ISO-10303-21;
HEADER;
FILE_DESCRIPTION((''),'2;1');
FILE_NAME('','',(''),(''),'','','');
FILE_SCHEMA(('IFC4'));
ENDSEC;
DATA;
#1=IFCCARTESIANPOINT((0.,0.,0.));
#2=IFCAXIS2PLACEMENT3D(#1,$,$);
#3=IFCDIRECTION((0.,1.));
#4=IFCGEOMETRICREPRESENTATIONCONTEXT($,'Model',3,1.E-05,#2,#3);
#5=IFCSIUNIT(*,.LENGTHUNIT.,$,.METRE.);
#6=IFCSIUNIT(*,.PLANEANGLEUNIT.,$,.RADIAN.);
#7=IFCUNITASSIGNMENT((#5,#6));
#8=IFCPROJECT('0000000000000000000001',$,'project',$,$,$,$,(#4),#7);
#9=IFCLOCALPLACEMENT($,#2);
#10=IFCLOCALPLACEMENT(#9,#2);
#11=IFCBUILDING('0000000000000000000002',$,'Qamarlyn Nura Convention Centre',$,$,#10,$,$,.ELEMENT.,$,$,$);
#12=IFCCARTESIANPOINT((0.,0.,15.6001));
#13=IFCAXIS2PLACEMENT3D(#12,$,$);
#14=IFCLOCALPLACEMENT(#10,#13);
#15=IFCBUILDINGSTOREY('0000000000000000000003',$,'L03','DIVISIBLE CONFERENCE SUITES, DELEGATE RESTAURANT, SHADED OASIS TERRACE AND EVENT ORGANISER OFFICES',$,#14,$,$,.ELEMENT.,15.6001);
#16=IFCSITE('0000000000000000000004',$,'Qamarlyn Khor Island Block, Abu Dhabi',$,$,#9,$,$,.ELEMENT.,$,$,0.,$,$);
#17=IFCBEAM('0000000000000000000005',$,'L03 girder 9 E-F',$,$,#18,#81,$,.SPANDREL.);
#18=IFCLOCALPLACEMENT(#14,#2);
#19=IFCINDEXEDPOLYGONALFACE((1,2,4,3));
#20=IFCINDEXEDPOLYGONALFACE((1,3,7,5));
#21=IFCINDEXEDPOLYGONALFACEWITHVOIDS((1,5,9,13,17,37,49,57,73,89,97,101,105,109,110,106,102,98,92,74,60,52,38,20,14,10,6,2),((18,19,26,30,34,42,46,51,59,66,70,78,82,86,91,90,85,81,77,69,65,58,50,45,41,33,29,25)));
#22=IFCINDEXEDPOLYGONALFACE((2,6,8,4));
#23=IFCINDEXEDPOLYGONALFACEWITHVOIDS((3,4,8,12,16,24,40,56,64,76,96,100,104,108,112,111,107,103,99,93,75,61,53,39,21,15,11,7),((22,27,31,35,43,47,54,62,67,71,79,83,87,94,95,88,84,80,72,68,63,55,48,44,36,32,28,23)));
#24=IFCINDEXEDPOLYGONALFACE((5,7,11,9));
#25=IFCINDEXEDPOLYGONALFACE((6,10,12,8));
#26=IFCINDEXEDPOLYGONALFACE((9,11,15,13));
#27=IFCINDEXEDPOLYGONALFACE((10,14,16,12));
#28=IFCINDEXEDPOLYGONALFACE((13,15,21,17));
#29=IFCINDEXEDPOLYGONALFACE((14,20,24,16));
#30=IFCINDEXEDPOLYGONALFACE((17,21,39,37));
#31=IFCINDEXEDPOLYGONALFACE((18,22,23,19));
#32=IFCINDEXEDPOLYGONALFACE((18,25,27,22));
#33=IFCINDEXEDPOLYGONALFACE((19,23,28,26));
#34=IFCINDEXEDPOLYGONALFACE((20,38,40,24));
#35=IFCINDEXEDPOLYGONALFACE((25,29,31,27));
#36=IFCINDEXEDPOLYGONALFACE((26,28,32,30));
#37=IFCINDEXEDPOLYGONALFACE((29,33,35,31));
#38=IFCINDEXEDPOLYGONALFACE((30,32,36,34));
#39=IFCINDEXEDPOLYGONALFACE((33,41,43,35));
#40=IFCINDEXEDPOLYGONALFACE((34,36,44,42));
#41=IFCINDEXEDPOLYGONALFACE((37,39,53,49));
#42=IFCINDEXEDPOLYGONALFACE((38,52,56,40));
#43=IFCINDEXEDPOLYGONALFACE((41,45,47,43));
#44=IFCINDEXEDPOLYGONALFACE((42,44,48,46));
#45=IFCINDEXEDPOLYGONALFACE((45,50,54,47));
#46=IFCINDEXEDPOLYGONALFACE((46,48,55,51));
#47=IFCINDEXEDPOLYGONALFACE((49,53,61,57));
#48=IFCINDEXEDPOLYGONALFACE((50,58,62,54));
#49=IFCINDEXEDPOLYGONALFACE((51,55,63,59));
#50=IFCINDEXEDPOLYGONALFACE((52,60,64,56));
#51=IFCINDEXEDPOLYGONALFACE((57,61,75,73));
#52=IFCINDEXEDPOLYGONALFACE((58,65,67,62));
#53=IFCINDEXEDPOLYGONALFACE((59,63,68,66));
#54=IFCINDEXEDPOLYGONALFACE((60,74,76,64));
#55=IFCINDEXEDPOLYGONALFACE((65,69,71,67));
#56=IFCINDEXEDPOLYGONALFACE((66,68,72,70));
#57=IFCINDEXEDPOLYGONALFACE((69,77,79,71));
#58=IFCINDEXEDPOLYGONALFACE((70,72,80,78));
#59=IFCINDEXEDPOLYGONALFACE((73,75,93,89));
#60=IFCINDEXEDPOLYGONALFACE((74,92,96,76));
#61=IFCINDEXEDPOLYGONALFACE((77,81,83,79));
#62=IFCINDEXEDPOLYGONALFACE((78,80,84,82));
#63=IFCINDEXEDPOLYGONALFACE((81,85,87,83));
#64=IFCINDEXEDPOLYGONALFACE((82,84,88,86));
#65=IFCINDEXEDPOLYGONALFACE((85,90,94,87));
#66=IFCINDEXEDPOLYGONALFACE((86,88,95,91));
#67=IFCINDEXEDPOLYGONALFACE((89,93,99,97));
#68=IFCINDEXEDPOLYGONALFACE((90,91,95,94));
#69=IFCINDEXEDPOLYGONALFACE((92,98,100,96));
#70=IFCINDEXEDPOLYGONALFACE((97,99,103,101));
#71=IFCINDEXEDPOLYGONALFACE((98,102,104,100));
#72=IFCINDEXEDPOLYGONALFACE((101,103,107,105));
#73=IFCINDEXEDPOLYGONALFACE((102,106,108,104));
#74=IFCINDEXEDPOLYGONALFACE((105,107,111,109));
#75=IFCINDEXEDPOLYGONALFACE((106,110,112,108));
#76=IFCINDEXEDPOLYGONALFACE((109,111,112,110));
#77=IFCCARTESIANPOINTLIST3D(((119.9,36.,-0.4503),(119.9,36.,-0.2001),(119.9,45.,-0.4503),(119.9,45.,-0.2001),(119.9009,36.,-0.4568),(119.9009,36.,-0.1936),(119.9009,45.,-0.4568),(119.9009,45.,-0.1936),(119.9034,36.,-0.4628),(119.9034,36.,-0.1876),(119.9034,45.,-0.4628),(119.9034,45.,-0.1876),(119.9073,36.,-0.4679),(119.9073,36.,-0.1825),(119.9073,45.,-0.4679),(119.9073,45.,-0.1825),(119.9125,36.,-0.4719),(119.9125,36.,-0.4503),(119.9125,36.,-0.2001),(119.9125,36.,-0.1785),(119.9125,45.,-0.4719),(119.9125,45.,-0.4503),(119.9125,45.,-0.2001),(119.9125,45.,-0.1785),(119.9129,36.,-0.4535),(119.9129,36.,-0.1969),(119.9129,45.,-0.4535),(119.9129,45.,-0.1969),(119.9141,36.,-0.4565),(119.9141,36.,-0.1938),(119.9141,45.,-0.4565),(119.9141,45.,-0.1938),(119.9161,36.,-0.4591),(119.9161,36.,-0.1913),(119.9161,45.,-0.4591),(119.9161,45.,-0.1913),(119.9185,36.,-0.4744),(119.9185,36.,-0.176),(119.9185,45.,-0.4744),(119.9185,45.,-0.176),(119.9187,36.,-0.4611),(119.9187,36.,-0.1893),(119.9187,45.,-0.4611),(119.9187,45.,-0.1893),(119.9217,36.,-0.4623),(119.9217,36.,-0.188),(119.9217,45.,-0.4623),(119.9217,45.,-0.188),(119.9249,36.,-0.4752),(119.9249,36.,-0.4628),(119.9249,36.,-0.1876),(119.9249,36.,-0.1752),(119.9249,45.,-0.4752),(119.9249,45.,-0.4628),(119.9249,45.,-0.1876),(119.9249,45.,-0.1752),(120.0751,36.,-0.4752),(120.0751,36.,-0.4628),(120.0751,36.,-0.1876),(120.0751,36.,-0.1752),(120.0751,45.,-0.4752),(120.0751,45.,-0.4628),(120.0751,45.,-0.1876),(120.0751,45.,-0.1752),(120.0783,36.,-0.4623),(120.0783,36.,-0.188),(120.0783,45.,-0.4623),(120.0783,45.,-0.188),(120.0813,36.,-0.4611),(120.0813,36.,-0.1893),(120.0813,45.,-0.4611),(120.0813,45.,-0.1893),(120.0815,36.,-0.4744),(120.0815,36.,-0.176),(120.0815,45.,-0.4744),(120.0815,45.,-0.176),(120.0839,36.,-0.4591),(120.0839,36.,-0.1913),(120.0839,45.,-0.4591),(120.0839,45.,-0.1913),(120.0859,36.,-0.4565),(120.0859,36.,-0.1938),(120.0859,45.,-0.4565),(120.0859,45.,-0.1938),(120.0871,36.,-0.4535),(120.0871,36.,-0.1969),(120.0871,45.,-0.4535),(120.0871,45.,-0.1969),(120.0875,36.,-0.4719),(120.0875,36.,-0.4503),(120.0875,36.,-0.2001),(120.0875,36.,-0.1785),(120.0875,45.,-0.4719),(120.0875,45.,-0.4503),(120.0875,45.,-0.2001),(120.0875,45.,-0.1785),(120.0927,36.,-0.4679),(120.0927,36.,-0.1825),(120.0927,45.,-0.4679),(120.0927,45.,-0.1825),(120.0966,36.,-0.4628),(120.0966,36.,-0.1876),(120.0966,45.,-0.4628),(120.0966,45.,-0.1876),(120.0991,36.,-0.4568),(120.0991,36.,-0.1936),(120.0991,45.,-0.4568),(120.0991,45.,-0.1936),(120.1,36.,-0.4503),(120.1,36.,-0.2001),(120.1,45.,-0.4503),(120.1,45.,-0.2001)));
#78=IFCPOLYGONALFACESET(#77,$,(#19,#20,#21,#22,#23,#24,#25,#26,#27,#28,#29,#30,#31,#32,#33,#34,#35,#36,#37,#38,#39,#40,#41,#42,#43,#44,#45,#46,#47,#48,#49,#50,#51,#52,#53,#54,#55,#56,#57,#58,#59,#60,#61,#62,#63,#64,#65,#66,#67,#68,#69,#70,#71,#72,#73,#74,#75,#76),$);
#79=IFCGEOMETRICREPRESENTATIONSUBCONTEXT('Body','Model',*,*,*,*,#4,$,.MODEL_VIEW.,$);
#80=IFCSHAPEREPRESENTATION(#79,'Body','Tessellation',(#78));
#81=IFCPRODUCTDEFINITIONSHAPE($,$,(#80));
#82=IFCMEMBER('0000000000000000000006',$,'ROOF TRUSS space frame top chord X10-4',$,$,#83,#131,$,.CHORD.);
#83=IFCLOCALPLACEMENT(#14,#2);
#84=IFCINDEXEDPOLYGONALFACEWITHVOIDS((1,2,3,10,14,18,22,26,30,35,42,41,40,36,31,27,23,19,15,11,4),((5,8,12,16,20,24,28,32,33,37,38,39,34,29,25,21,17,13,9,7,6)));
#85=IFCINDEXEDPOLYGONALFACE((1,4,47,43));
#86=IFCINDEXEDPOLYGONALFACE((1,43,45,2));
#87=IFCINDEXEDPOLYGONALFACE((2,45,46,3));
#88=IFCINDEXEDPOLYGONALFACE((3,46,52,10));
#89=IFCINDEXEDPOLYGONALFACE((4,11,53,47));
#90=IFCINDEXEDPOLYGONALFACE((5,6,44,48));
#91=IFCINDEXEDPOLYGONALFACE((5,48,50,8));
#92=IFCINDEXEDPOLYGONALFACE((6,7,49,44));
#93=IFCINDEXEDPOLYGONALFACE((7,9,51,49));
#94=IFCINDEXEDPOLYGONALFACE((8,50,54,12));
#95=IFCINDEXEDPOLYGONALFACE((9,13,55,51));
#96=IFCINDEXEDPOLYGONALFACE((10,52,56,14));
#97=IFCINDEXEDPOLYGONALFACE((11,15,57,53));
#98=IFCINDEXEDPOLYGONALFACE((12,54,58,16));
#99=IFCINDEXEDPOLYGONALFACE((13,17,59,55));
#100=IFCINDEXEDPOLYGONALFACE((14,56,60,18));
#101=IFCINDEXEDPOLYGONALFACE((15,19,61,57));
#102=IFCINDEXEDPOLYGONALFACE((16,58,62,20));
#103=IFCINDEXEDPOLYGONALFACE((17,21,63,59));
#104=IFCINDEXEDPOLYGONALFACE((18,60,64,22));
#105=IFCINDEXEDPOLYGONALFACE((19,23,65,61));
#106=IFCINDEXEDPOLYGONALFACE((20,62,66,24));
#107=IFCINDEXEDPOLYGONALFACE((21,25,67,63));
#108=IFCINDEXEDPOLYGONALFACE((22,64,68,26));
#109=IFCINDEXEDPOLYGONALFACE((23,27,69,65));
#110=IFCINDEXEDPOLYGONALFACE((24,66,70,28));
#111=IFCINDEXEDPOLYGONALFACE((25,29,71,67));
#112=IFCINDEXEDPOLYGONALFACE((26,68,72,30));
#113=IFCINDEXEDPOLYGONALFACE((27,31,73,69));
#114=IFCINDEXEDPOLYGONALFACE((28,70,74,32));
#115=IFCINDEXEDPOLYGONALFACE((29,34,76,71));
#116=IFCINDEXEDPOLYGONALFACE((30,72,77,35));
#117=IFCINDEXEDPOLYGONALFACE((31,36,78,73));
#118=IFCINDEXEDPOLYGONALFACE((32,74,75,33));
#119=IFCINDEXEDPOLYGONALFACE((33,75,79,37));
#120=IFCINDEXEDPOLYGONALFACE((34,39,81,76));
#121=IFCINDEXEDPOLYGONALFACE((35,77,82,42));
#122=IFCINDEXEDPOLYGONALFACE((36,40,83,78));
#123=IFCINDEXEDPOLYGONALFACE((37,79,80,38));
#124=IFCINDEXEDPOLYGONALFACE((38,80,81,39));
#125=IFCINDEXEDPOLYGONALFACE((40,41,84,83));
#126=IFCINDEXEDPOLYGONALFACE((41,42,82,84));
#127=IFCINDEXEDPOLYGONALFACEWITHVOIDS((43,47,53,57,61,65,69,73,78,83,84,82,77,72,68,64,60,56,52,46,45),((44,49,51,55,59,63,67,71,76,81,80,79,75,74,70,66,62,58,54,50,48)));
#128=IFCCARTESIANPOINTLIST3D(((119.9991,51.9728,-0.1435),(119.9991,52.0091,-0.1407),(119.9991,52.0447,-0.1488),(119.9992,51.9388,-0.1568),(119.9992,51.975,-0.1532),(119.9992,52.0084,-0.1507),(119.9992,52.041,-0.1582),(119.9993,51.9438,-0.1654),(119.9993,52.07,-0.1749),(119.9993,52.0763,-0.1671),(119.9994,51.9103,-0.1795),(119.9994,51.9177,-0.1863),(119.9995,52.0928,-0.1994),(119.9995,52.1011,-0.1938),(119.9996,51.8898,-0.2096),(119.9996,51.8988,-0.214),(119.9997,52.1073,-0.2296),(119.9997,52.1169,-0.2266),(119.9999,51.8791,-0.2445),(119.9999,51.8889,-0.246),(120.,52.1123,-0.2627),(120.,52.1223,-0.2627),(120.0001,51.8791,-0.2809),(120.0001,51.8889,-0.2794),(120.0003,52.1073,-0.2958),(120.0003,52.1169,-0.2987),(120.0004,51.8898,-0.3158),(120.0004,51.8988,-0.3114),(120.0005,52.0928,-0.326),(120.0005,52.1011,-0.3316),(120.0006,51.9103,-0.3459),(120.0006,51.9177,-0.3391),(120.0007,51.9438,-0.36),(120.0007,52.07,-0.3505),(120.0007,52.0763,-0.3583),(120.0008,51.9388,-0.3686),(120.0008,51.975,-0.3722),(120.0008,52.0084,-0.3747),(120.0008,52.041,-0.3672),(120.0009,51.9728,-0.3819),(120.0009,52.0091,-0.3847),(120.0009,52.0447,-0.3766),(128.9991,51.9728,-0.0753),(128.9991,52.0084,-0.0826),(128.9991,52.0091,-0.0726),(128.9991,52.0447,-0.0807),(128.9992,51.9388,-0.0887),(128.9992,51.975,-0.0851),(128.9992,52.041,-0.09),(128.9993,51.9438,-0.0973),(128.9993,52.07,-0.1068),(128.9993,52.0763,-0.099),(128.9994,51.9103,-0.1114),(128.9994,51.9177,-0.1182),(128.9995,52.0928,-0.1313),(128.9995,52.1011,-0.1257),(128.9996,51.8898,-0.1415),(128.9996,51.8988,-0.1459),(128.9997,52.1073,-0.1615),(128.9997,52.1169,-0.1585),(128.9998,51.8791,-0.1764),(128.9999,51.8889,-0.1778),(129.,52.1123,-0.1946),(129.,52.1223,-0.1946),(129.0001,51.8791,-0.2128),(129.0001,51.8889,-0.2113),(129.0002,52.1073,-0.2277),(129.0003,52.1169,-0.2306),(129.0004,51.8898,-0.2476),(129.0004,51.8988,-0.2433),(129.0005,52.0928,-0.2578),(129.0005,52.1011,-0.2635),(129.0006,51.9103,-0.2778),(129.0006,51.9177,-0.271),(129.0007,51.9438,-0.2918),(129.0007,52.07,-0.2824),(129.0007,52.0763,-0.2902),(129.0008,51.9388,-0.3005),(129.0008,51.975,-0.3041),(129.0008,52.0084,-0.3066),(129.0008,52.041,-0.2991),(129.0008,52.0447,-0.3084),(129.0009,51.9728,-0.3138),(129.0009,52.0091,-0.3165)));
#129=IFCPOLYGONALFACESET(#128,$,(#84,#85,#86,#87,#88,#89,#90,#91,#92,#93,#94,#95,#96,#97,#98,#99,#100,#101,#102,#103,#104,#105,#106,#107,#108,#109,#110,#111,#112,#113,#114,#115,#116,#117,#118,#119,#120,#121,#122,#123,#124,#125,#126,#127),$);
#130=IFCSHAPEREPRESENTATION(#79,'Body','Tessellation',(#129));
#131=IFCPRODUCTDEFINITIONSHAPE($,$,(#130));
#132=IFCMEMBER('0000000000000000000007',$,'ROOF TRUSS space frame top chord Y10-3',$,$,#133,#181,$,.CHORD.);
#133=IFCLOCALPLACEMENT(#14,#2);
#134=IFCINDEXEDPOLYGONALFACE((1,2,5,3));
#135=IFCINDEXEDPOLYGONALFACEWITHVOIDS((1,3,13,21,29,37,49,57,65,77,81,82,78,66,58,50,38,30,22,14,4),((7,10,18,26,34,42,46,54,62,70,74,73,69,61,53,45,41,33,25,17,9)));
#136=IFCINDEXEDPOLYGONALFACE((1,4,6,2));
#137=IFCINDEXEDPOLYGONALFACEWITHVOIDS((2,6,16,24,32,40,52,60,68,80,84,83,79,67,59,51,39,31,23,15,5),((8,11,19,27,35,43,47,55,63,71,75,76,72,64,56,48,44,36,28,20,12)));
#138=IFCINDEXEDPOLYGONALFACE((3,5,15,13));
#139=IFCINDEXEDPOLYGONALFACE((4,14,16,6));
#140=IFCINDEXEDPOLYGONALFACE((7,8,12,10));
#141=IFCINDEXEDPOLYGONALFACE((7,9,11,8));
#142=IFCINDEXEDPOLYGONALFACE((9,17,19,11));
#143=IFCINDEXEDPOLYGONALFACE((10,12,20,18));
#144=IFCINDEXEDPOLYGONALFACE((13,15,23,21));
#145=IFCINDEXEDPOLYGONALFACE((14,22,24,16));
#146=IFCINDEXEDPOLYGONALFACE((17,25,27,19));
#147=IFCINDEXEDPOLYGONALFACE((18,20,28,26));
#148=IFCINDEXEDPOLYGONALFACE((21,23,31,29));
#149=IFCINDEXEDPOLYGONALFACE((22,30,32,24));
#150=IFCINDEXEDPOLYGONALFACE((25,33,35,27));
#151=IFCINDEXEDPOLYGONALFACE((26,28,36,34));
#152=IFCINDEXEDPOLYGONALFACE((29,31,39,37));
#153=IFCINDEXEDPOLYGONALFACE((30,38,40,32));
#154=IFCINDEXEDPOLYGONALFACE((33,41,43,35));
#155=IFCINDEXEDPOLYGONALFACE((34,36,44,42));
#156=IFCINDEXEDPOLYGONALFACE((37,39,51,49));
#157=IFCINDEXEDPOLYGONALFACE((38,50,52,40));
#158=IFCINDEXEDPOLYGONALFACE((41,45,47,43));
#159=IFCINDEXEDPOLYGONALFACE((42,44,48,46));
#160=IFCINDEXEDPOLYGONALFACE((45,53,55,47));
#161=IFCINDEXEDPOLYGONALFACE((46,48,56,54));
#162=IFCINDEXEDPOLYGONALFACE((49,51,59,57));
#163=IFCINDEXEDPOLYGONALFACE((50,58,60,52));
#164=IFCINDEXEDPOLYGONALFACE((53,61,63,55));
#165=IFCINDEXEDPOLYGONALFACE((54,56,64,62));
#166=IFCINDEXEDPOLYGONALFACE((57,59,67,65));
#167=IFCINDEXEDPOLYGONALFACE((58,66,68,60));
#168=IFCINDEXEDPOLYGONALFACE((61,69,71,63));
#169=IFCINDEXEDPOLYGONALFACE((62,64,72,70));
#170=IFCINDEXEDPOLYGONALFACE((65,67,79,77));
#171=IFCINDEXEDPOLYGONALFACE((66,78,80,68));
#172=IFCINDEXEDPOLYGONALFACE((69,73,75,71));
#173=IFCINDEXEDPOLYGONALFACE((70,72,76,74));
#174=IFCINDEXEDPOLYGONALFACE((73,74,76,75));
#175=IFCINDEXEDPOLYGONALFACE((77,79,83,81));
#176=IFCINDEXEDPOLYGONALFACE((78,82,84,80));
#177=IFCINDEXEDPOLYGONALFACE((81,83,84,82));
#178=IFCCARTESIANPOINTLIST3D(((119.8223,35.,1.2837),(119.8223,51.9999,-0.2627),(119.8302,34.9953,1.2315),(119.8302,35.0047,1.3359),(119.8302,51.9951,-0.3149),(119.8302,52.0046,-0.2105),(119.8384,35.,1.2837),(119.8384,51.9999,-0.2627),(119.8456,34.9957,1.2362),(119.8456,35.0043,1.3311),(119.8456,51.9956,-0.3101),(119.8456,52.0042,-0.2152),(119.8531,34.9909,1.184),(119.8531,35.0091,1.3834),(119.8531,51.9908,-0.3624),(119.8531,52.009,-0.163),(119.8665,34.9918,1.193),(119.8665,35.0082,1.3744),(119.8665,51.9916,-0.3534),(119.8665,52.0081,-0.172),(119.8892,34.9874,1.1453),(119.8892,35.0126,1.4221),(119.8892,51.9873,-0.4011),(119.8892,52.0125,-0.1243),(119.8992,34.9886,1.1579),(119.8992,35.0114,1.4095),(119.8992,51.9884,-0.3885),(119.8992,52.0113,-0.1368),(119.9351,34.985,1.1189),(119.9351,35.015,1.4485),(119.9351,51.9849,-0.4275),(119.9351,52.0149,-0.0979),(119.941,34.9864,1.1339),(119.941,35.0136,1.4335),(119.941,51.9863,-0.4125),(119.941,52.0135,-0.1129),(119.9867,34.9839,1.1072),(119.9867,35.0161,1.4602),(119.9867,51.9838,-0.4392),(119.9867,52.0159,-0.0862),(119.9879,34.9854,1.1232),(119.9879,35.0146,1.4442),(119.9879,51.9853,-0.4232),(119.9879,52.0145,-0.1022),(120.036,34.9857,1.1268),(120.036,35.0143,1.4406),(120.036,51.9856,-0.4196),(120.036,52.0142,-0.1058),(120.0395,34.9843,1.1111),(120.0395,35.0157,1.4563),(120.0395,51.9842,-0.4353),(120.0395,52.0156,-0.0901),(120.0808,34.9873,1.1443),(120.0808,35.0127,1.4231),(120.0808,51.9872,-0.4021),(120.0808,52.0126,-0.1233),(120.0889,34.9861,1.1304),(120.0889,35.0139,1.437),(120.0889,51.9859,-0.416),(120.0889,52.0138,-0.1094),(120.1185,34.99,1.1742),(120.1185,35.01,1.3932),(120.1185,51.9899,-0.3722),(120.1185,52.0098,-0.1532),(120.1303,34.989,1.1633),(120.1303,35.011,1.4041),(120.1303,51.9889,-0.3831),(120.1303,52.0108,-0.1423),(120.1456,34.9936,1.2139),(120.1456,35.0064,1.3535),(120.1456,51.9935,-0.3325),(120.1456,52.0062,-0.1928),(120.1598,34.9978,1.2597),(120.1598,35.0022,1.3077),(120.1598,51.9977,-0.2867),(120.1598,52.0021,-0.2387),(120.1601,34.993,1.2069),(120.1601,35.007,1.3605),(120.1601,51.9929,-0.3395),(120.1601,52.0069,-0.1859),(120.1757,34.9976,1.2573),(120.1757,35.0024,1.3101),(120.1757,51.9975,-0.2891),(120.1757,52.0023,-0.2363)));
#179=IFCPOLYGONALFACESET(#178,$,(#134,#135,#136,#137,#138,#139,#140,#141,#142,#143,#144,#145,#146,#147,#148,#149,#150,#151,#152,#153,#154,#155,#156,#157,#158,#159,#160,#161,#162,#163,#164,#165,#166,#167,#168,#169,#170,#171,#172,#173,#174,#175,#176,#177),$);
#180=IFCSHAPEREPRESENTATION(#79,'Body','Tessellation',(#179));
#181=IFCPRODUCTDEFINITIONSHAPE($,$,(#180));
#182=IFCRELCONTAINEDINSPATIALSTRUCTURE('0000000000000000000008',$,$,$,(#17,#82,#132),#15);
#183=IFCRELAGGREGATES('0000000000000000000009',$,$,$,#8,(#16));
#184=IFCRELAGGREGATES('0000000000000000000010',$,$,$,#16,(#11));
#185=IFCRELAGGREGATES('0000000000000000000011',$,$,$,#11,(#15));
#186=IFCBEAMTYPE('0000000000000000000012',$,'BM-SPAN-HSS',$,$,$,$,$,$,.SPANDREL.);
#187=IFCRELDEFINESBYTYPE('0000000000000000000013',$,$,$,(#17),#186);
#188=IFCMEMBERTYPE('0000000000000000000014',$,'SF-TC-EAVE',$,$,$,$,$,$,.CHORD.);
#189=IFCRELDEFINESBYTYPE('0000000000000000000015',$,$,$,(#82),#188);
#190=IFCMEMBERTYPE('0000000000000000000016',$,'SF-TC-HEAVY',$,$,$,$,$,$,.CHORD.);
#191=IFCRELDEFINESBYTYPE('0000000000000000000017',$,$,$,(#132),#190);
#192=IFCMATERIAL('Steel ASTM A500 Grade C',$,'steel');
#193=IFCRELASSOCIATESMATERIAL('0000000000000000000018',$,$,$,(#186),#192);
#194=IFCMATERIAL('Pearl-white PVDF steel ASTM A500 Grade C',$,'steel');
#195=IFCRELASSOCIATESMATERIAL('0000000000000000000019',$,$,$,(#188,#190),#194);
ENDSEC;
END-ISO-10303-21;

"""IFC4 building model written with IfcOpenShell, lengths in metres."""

from ifc_helpers import new_model, si_unit, direction, frame, origin, origin_2d, place, context, subcontext, project, spatial, hollow_rectangle, hollow_circle, extrude, material, material_profile, profile_set, type_object, element, save


model = new_model("IFC4")

# Units and contexts
model_context = context("Model", 3, precision=1e-05, world=origin(), true_north=direction((0.0, 1.0)))
body_context = subcontext(model_context, "Body", "Model", "MODEL_VIEW")
ifc_project = project(units=[si_unit("LENGTHUNIT", "METRE"), si_unit("PLANEANGLEUNIT", "RADIAN")], contexts=[model_context])

# Site, building, storey
site_placement = place(None, origin())
site = spatial("IfcSite", under=ifc_project, at=site_placement, Name="Qamarlyn Khor Island Block, Abu Dhabi", CompositionType="ELEMENT", RefElevation=0.0)
building_placement = place(site_placement, origin())
building = spatial("IfcBuilding", under=site, at=building_placement, Name="Qamarlyn Nura Convention Centre", CompositionType="ELEMENT")
storey_placement = place(building_placement, frame((0.0, 0.0, 15.6001)))
storey = spatial("IfcBuildingStorey", under=building, at=storey_placement, Name="L03", Description="DIVISIBLE CONFERENCE SUITES, DELEGATE RESTAURANT, SHADED OASIS TERRACE AND EVENT ORGANISER OFFICES", CompositionType="ELEMENT", Elevation=15.6001)

# Beam
ifc_material_1 = material(Name="Steel ASTM A500 Grade C", Category="steel")
ifc_material_profile_1 = material_profile(ifc_material_1, hollow_rectangle(XDim=0.2, YDim=0.3, WallThickness=0.0125, InnerFilletRadius=0.0125, OuterFilletRadius=0.0249, at=origin_2d()), Name="HSS300X200X12.5")
ifc_profile_set_1 = profile_set([ifc_material_profile_1], Name="Steel ASTM A500 Grade C")
beam_type_1 = type_object("IfcBeamType", Name="BM-SPAN-HSS", PredefinedType="SPANDREL", material=ifc_profile_set_1)
beam_1_placement = place(storey_placement, frame((120.0, 36.0, -0.3252), z_axis=(0.0, 1.0, 0.0), x_axis=(-1.0, 0.0, 0.0)))
element("IfcBeam", 1, at=beam_1_placement, inside=storey, type_object=beam_type_1, Name="L03 girder 9 E-F", PredefinedType="SPANDREL", context=body_context, shape_type="SweptSolid", body=[
    extrude(hollow_rectangle(XDim=0.2, YDim=0.3, WallThickness=0.0125, InnerFilletRadius=0.0125, OuterFilletRadius=0.0249, at=origin_2d()), origin(), (0.0, 0.0, 1.0), 9.0),
])

# Members
ifc_material_2 = material(Name="Pearl-white PVDF steel ASTM A500 Grade C", Category="steel")
ifc_material_profile_2 = material_profile(ifc_material_2, hollow_circle(Radius=0.1223, WallThickness=0.01, at=origin_2d()), Name="CHS244.5X10")
ifc_profile_set_2 = profile_set([ifc_material_profile_2], Name="Pearl-white PVDF steel ASTM A500 Grade C")
member_type_1 = type_object("IfcMemberType", Name="SF-TC-EAVE", PredefinedType="CHORD", material=ifc_profile_set_2)
member_1_placement = place(storey_placement, frame((120.0, 52.0, -0.2627), z_axis=(0.999971, 0.0, 0.007568), x_axis=(0.0, 1.0, 0.0)))
element("IfcMember", 2, at=member_1_placement, inside=storey, type_object=member_type_1, Name="ROOF TRUSS space frame top chord X10-4", PredefinedType="CHORD", context=body_context, shape_type="SweptSolid", body=[
    extrude(hollow_circle(Radius=0.1223, WallThickness=0.01, at=origin_2d()), origin(), (0.0, 0.0, 1.0), 9.0002),
])
ifc_material_profile_3 = material_profile(ifc_material_2, hollow_circle(Radius=0.1777, WallThickness=0.0161, at=origin_2d()), Name="CHS355.6X16")
ifc_profile_set_3 = profile_set([ifc_material_profile_3], Name="Pearl-white PVDF steel ASTM A500 Grade C")
member_type_2 = type_object("IfcMemberType", Name="SF-TC-HEAVY", PredefinedType="CHORD", material=ifc_profile_set_3)
member_2_placement = place(storey_placement, frame((120.0, 35.0, 1.2837), z_axis=(0.0, 0.995888, -0.09059), x_axis=(-1.0, 0.0, 0.0)))
element("IfcMember", 3, at=member_2_placement, inside=storey, type_object=member_type_2, Name="ROOF TRUSS space frame top chord Y10-3", PredefinedType="CHORD", context=body_context, shape_type="SweptSolid", body=[
    extrude(hollow_circle(Radius=0.1777, WallThickness=0.0161, at=origin_2d()), origin(), (0.0, 0.0, 1.0), 17.0701),
])

save(model, "model.ifc")
